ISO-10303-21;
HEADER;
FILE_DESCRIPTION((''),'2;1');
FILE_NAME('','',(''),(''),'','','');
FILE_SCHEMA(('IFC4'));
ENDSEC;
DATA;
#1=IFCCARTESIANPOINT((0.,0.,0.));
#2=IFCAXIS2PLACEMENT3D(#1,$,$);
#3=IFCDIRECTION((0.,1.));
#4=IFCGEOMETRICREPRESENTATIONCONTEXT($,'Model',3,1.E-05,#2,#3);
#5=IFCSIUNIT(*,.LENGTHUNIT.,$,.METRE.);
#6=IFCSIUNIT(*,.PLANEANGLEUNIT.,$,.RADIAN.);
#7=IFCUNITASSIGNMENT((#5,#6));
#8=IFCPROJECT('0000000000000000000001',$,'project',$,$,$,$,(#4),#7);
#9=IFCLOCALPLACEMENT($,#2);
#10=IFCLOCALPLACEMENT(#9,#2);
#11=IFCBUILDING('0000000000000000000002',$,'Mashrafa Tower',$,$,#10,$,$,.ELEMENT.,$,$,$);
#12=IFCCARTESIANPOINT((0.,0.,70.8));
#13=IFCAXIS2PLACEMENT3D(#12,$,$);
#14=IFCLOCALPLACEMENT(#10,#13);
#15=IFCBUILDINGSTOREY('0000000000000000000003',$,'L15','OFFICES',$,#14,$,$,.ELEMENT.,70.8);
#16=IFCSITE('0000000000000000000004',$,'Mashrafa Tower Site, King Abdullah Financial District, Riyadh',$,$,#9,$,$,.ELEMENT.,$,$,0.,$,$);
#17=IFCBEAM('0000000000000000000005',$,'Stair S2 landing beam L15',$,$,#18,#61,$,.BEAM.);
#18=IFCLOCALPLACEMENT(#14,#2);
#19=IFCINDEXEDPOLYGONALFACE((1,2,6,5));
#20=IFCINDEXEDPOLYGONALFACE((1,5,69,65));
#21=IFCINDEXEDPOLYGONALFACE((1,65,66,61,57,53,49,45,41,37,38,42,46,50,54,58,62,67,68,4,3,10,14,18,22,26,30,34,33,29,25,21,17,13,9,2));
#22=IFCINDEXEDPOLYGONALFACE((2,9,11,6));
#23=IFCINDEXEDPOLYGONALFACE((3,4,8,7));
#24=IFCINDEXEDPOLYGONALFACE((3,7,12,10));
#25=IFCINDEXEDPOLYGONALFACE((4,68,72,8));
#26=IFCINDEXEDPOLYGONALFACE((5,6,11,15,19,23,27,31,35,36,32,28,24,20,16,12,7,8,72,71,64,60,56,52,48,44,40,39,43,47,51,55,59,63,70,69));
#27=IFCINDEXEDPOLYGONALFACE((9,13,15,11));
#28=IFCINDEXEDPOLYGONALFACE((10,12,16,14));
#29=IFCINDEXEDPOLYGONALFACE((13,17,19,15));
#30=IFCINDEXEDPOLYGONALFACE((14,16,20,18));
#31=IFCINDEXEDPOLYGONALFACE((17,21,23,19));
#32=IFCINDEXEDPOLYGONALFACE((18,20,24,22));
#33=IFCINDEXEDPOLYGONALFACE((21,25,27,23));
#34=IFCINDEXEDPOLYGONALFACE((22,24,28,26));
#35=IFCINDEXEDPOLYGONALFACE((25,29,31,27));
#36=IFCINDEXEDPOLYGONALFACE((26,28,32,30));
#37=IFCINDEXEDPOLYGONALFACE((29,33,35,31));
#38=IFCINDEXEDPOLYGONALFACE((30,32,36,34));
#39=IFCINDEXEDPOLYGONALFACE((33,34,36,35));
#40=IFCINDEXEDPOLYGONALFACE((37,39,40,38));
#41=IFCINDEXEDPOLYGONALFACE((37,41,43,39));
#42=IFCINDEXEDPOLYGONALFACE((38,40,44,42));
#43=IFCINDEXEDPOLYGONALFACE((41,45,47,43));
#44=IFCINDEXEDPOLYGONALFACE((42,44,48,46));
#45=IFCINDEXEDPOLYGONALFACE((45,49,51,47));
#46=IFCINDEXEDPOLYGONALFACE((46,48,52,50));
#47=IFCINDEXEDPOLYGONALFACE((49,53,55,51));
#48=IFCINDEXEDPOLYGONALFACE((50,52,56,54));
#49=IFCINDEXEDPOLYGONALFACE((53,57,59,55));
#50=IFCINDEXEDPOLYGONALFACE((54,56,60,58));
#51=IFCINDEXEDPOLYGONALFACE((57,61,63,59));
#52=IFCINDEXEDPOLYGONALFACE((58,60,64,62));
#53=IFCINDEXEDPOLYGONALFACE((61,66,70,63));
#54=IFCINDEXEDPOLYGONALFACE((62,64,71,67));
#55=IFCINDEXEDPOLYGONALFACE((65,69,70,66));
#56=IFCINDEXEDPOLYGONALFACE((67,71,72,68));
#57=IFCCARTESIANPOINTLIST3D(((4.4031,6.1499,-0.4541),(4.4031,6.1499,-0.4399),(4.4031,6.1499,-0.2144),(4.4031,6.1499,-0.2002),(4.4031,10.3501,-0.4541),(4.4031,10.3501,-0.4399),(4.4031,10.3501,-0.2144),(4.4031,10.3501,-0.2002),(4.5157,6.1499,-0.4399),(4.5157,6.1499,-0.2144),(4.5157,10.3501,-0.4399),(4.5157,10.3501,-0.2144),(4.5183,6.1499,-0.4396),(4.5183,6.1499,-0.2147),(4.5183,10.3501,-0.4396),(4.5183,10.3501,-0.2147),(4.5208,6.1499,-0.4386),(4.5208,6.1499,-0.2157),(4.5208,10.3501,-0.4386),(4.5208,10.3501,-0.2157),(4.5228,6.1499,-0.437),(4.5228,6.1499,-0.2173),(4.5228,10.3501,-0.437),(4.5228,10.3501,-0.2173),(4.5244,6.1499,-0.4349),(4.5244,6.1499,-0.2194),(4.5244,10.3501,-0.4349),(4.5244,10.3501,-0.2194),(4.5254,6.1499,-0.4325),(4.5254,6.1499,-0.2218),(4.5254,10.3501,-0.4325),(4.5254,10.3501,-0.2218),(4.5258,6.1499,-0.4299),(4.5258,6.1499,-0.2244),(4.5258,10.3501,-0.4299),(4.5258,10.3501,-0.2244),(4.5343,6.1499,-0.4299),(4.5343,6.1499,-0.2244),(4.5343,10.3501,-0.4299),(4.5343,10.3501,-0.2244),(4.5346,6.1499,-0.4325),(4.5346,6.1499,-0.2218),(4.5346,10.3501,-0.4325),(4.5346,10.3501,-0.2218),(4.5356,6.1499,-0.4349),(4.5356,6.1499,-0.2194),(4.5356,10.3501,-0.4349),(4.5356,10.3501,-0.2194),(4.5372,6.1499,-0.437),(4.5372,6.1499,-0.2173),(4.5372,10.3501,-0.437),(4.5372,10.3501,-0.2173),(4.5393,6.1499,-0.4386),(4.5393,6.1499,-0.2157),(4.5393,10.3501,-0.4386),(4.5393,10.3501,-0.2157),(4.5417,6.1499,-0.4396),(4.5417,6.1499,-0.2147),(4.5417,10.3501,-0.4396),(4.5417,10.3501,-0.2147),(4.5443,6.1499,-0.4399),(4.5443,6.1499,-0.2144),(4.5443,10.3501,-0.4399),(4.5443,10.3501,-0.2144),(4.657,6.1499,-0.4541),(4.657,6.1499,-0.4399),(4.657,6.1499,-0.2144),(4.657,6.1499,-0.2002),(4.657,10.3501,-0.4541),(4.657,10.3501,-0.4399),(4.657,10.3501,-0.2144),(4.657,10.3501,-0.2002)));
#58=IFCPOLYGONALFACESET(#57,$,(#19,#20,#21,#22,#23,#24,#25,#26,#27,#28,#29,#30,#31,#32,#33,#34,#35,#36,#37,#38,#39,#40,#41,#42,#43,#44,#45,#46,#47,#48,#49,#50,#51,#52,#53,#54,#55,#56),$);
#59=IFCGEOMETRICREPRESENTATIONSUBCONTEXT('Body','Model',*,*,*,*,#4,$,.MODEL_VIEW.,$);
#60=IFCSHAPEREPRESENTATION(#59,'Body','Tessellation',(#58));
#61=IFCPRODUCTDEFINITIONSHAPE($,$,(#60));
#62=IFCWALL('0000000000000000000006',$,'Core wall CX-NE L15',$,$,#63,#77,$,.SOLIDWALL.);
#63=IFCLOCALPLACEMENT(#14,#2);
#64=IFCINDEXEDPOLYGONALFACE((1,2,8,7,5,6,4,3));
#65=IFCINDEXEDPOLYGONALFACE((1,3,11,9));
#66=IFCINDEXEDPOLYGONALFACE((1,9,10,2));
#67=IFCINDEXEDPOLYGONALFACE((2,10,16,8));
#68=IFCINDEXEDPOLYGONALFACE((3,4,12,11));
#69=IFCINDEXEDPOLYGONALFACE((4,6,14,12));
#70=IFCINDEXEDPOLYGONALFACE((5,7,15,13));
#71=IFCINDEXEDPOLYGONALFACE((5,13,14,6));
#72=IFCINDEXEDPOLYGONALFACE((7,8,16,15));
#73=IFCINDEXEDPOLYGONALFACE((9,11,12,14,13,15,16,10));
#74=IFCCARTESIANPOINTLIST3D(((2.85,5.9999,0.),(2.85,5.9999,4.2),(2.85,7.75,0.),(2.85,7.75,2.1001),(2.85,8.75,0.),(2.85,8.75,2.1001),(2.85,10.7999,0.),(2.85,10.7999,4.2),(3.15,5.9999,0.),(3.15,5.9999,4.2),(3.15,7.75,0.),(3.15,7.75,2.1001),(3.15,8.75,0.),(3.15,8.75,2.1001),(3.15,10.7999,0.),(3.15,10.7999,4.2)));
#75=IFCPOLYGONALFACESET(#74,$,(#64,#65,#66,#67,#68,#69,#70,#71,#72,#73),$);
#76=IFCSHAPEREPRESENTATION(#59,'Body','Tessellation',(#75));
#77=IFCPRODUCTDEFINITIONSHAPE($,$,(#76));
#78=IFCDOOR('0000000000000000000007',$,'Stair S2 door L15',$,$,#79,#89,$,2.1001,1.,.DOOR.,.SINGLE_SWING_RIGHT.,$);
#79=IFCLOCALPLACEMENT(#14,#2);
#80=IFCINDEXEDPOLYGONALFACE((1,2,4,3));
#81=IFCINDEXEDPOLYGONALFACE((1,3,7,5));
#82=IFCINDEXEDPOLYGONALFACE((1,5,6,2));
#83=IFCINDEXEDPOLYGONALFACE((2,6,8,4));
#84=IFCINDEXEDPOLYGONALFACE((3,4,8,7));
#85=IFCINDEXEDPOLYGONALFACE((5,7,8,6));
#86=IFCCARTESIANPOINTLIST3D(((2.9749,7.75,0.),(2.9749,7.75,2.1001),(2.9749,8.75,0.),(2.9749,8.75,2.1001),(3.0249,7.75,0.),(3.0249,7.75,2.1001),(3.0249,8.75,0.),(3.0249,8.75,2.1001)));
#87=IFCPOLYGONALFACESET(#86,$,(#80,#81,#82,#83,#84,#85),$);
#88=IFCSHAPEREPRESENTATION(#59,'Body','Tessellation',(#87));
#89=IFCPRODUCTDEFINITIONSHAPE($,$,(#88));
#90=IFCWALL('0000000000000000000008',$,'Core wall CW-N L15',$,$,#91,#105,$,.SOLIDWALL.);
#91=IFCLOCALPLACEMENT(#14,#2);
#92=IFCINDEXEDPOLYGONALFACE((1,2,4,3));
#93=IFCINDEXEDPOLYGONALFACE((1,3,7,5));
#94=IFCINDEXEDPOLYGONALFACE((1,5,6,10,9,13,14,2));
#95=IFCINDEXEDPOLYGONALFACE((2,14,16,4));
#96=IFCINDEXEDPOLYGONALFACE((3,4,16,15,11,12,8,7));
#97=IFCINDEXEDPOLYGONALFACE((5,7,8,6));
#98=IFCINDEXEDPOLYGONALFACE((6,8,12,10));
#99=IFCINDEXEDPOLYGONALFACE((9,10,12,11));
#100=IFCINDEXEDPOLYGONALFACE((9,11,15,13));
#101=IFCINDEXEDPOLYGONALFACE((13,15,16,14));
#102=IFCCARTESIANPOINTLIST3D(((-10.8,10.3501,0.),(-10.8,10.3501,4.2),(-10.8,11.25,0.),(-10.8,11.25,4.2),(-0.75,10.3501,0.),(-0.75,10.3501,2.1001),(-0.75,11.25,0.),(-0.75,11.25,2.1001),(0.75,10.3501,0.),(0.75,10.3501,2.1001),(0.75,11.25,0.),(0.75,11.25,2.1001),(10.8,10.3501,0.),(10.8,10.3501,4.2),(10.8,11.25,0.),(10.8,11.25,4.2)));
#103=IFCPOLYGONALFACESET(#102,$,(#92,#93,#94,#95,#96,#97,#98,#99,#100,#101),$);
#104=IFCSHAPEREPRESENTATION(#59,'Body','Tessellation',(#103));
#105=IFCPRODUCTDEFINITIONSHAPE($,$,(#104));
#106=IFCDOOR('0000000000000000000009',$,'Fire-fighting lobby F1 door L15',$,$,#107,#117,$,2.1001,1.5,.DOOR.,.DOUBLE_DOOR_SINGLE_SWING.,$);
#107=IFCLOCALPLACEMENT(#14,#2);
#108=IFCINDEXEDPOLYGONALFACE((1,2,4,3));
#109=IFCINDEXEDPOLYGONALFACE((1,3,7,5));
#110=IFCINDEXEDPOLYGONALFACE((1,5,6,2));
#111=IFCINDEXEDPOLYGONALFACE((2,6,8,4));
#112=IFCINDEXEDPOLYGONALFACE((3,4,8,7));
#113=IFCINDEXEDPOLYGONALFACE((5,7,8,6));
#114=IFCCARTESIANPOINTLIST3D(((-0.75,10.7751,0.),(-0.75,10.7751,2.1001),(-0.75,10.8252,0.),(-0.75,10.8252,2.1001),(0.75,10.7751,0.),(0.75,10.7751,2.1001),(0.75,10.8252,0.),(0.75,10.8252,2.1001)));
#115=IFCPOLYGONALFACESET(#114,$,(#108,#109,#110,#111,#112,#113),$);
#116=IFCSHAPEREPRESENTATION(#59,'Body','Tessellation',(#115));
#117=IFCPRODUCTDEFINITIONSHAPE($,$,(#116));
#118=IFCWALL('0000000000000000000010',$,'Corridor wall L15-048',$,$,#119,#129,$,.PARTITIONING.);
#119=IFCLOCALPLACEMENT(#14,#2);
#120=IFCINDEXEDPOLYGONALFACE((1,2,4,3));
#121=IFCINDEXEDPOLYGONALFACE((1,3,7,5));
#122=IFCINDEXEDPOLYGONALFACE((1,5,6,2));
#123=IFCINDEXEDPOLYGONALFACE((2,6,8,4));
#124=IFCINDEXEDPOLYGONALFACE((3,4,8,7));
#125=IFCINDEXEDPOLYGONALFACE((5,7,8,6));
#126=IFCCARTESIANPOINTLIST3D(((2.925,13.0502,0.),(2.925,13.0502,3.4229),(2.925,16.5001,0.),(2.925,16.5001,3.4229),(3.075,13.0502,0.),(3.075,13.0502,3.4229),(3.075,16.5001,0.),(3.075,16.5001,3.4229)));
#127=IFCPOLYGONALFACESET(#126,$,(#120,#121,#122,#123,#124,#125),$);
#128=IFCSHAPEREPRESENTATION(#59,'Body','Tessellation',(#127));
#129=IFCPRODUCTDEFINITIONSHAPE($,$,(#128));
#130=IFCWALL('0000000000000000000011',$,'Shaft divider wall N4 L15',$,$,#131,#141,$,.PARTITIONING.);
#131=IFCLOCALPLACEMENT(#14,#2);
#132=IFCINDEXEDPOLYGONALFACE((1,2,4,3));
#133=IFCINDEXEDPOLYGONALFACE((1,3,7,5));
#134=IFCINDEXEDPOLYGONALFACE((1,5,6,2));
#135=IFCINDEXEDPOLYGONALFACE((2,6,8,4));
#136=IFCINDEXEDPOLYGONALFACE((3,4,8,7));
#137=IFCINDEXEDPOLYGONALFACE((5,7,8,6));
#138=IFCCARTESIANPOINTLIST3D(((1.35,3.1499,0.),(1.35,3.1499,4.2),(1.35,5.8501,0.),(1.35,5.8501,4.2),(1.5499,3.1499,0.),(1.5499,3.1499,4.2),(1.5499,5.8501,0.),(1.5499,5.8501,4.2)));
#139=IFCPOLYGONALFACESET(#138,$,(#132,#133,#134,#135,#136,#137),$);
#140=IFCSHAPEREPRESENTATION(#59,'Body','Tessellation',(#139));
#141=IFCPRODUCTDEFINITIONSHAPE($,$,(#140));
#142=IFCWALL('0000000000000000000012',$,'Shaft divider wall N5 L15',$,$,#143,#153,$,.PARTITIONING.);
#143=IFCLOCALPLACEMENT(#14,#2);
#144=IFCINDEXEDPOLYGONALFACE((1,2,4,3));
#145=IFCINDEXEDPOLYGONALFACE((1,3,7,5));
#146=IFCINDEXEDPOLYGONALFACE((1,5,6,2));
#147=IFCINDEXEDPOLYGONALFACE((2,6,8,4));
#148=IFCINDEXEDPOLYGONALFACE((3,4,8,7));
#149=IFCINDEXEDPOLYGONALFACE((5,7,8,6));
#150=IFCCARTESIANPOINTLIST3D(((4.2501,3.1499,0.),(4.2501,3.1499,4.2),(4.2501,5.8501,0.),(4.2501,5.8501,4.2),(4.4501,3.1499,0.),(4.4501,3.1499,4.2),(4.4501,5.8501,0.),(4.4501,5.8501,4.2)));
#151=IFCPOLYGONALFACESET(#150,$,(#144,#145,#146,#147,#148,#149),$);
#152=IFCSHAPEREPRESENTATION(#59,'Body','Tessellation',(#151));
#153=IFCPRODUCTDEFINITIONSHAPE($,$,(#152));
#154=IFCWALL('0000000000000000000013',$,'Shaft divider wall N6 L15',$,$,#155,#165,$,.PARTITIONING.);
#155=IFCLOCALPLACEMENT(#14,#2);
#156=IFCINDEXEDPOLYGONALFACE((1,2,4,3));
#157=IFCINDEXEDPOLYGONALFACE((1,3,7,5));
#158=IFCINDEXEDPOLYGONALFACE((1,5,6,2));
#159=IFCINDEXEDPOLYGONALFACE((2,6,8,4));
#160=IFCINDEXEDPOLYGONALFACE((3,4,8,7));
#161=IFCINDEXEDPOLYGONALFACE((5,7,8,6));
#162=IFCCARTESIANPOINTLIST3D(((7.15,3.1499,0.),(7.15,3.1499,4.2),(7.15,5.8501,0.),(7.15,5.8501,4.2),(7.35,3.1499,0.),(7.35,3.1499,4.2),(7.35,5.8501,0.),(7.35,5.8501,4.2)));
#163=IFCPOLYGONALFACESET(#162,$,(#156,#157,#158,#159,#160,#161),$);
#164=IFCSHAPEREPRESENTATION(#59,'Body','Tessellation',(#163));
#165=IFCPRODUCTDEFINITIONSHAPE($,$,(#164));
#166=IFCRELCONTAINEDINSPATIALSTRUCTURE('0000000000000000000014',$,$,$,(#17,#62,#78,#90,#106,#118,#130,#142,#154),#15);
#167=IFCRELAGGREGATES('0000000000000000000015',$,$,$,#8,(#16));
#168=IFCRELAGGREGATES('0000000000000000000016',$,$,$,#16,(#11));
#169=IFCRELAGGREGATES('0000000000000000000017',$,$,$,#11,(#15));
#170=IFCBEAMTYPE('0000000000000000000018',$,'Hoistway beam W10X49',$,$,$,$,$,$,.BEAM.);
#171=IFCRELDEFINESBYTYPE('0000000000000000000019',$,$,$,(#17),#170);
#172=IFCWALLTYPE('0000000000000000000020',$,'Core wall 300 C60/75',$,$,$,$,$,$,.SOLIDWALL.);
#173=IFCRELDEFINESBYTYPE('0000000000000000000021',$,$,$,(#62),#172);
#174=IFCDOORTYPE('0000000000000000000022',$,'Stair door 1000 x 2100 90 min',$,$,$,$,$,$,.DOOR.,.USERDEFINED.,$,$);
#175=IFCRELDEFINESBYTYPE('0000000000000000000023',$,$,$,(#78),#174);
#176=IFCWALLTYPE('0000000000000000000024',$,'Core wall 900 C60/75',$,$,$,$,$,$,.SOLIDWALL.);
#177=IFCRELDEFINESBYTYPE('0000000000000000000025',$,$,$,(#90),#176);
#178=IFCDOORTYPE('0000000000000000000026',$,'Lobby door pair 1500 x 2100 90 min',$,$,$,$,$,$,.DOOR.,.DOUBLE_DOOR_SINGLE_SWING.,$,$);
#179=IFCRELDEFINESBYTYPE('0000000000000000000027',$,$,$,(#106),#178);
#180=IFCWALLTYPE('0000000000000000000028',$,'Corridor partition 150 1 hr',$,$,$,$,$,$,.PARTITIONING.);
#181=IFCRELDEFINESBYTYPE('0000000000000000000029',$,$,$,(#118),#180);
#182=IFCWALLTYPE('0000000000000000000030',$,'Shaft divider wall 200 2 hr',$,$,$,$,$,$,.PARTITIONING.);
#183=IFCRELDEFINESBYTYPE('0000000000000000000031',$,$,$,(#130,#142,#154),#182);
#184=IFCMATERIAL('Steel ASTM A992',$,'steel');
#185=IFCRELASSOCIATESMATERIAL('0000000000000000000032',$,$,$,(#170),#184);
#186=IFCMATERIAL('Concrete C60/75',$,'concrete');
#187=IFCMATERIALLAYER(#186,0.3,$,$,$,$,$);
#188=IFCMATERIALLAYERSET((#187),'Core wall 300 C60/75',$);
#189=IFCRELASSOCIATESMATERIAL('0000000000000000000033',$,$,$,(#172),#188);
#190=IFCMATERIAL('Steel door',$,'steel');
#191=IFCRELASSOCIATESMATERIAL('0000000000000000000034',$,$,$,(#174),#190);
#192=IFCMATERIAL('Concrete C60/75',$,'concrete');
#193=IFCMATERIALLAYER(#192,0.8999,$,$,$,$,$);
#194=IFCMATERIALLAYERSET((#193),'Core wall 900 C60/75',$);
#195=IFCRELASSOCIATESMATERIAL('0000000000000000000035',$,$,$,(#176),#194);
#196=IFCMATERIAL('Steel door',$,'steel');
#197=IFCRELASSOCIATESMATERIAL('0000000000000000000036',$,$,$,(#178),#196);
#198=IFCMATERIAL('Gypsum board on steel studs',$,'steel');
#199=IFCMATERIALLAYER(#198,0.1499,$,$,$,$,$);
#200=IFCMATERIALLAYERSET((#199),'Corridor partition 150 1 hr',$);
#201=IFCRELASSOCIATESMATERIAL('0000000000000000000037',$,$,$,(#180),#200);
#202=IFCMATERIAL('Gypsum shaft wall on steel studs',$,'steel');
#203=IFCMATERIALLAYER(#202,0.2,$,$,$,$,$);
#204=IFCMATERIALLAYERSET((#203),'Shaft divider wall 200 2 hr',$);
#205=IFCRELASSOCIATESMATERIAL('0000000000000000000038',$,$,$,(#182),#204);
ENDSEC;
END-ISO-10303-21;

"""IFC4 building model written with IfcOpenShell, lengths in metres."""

from ifc_helpers import new_model, si_unit, direction, frame, frame_2d, origin, origin_2d, place, context, subcontext, project, spatial, rectangle, i_section, extrude, material, layer, layer_set, material_profile, profile_set, type_object, element, fill, save


model = new_model("IFC4")

# Units and contexts
model_context = context("Model", 3, precision=1e-05, world=origin(), true_north=direction((0.0, 1.0)))
body_context = subcontext(model_context, "Body", "Model", "MODEL_VIEW")
ifc_project = project(units=[si_unit("LENGTHUNIT", "METRE"), si_unit("PLANEANGLEUNIT", "RADIAN")], contexts=[model_context])

# Site, building, storey
site_placement = place(None, origin())
site = spatial("IfcSite", under=ifc_project, at=site_placement, Name="Mashrafa Tower Site, King Abdullah Financial District, Riyadh", CompositionType="ELEMENT", RefElevation=0.0)
building_placement = place(site_placement, origin())
building = spatial("IfcBuilding", under=site, at=building_placement, Name="Mashrafa Tower", CompositionType="ELEMENT")
storey_placement = place(building_placement, frame((0.0, 0.0, 70.8)))
storey = spatial("IfcBuildingStorey", under=building, at=storey_placement, Name="L15", Description="OFFICES", CompositionType="ELEMENT", Elevation=70.8)

# Beam
ifc_material_1 = material(Name="Steel ASTM A992", Category="steel")
ifc_material_profile_1 = material_profile(ifc_material_1, i_section(OverallWidth=0.2539, OverallDepth=0.2539, WebThickness=0.0085, FlangeThickness=0.0142, FilletRadius=0.01, at=origin_2d()), Name="W10X49")
ifc_profile_set_1 = profile_set([ifc_material_profile_1], Name="Steel ASTM A992")
beam_type_1 = type_object("IfcBeamType", Name="Hoistway beam W10X49", PredefinedType="BEAM", material=ifc_profile_set_1)
beam_1_placement = place(storey_placement, frame((4.53, 6.1499, -0.3271), z_axis=(0.0, 1.0, 0.0), x_axis=(-1.0, 0.0, 0.0)))
element("IfcBeam", 1, at=beam_1_placement, inside=storey, type_object=beam_type_1, Name="Stair S2 landing beam L15", PredefinedType="BEAM", context=body_context, shape_type="SweptSolid", body=[
    extrude(i_section(OverallWidth=0.2539, OverallDepth=0.2539, WebThickness=0.0085, FlangeThickness=0.0142, FilletRadius=0.01, at=origin_2d()), origin(), (0.0, 0.0, 1.0), 4.2002),
])

# Walls, openings, doors
ifc_material_2 = material(Name="Concrete C60/75", Category="concrete")
ifc_layer_1 = layer(ifc_material_2, 0.3)
ifc_layer_set_1 = layer_set([ifc_layer_1], Name="Core wall 300 C60/75")
wall_type_1 = type_object("IfcWallType", Name="Core wall 300 C60/75", PredefinedType="SOLIDWALL", material=ifc_layer_set_1)
wall_1_placement = place(storey_placement, frame((3.0, 6.0, 0.0), z_axis=(0.0, 0.0, 1.0), x_axis=(0.0, 1.0, 0.0)))
wall_1 = element("IfcWall", 2, at=wall_1_placement, inside=storey, type_object=wall_type_1, Name="Core wall CX-NE L15", PredefinedType="SOLIDWALL", context=body_context, shape_type="SweptSolid", body=[
    extrude(rectangle(XDim=4.8, YDim=0.3, at=frame_2d((2.3999, 0.0))), origin(), (0.0, 0.0, 1.0), 4.2),
])
opening_1_placement = place(wall_1_placement, frame((1.75, 0.0, 0.0)))
opening_1 = element("IfcOpeningElement", 3, at=opening_1_placement, cuts=wall_1, PredefinedType="OPENING", context=body_context, shape_type="SweptSolid", body=[
    extrude(rectangle(XDim=1.0, YDim=2.1001, at=frame_2d((0.5, 1.05))), frame((0.0, 0.1599, 0.0), z_axis=(0.0, -1.0, 0.0), x_axis=(1.0, 0.0, 0.0)), (0.0, 0.0, 1.0), 0.3201),
])
ifc_material_3 = material(Name="Steel door", Category="steel")
door_type_1 = type_object("IfcDoorType", Name="Stair door 1000 x 2100 90 min", OperationType="USERDEFINED", PredefinedType="DOOR", material=ifc_material_3)
door_1_placement = place(opening_1_placement, frame((1.0, 0.0, 0.0), z_axis=(0.0, 0.0, 1.0), x_axis=(-1.0, 0.0, 0.0)))
door_1 = element("IfcDoor", 4, at=door_1_placement, inside=storey, type_object=door_type_1, Name="Stair S2 door L15", OperationType="SINGLE_SWING_RIGHT", OverallHeight=2.1001, OverallWidth=1.0, PredefinedType="DOOR", context=body_context, shape_type="SweptSolid", body=[
    extrude(rectangle(XDim=1.0, YDim=2.1001, at=frame_2d((0.5, 1.05))), frame((0.0, 0.0249, 0.0), z_axis=(0.0, -1.0, 0.0), x_axis=(1.0, 0.0, 0.0)), (0.0, 0.0, 1.0), 0.05),
])
fill(opening_1, door_1)
ifc_material_4 = material(Name="Concrete C60/75", Category="concrete")
ifc_layer_2 = layer(ifc_material_4, 0.8999)
ifc_layer_set_2 = layer_set([ifc_layer_2], Name="Core wall 900 C60/75")
wall_type_2 = type_object("IfcWallType", Name="Core wall 900 C60/75", PredefinedType="SOLIDWALL", material=ifc_layer_set_2)
wall_2_placement = place(storey_placement, frame((10.8, 10.8, 0.0), z_axis=(0.0, 0.0, 1.0), x_axis=(-1.0, 0.0, 0.0)))
wall_2 = element("IfcWall", 5, at=wall_2_placement, inside=storey, type_object=wall_type_2, Name="Core wall CW-N L15", PredefinedType="SOLIDWALL", context=body_context, shape_type="SweptSolid", body=[
    extrude(rectangle(XDim=21.6001, YDim=0.8999, at=frame_2d((10.8, 0.0))), origin(), (0.0, 0.0, 1.0), 4.2),
])
opening_2_placement = place(wall_2_placement, frame((10.05, 0.0, 0.0)))
opening_2 = element("IfcOpeningElement", 6, at=opening_2_placement, cuts=wall_2, PredefinedType="OPENING", context=body_context, shape_type="SweptSolid", body=[
    extrude(rectangle(XDim=1.5, YDim=2.1001, at=frame_2d((0.75, 1.05))), frame((0.0, 0.46, 0.0), z_axis=(0.0, -1.0, 0.0), x_axis=(1.0, 0.0, 0.0)), (0.0, 0.0, 1.0), 0.9199),
])
ifc_material_5 = material(Name="Steel door", Category="steel")
door_type_2 = type_object("IfcDoorType", Name="Lobby door pair 1500 x 2100 90 min", OperationType="DOUBLE_DOOR_SINGLE_SWING", PredefinedType="DOOR", material=ifc_material_5)
door_2_placement = place(opening_2_placement, origin())
door_2 = element("IfcDoor", 7, at=door_2_placement, inside=storey, type_object=door_type_2, Name="Fire-fighting lobby F1 door L15", OperationType="DOUBLE_DOOR_SINGLE_SWING", OverallHeight=2.1001, OverallWidth=1.5, PredefinedType="DOOR", context=body_context, shape_type="SweptSolid", body=[
    extrude(rectangle(XDim=1.5, YDim=2.1001, at=frame_2d((0.75, 1.05))), frame((0.0, 0.0249, 0.0), z_axis=(0.0, -1.0, 0.0), x_axis=(1.0, 0.0, 0.0)), (0.0, 0.0, 1.0), 0.05),
])
fill(opening_2, door_2)
ifc_material_6 = material(Name="Gypsum board on steel studs", Category="steel")
ifc_layer_3 = layer(ifc_material_6, 0.1499)
ifc_layer_set_3 = layer_set([ifc_layer_3], Name="Corridor partition 150 1 hr")
wall_type_3 = type_object("IfcWallType", Name="Corridor partition 150 1 hr", PredefinedType="PARTITIONING", material=ifc_layer_set_3)

# Walls
wall_3_placement = place(storey_placement, frame((3.0, 13.05, 0.0), z_axis=(0.0, 0.0, 1.0), x_axis=(0.0, 1.0, 0.0)))
element("IfcWall", 8, at=wall_3_placement, inside=storey, type_object=wall_type_3, Name="Corridor wall L15-048", PredefinedType="PARTITIONING", context=body_context, shape_type="SweptSolid", body=[
    extrude(rectangle(XDim=3.45, YDim=0.1499, at=frame_2d((1.7251, 0.0))), origin(), (0.0, 0.0, 1.0), 3.4229),
])
ifc_material_7 = material(Name="Gypsum shaft wall on steel studs", Category="steel")
ifc_layer_4 = layer(ifc_material_7, 0.2)
ifc_layer_set_4 = layer_set([ifc_layer_4], Name="Shaft divider wall 200 2 hr")
wall_type_4 = type_object("IfcWallType", Name="Shaft divider wall 200 2 hr", PredefinedType="PARTITIONING", material=ifc_layer_set_4)
for number, where, z_axis, x_axis, name in (
    (9, (1.45, 3.1499, 0.0), (0.0, 0.0, 1.0), (0.0, 1.0, 0.0), "Shaft divider wall N4 L15"),
    (10, (4.3501, 3.1499, 0.0), (0.0, 0.0, 1.0), (0.0, 1.0, 0.0), "Shaft divider wall N5 L15"),
    (11, (7.25, 3.1499, 0.0), (0.0, 0.0, 1.0), (0.0, 1.0, 0.0), "Shaft divider wall N6 L15"),
):
    element("IfcWall", number, at=place(storey_placement, frame(where, z_axis=z_axis, x_axis=x_axis)), inside=storey, type_object=wall_type_4, Name=name, PredefinedType="PARTITIONING", context=body_context, shape_type="SweptSolid", body=[
        extrude(rectangle(XDim=2.7002, YDim=0.2, at=frame_2d((1.3501, 0.0))), origin(), (0.0, 0.0, 1.0), 4.2),
    ])

save(model, "model.ifc")
